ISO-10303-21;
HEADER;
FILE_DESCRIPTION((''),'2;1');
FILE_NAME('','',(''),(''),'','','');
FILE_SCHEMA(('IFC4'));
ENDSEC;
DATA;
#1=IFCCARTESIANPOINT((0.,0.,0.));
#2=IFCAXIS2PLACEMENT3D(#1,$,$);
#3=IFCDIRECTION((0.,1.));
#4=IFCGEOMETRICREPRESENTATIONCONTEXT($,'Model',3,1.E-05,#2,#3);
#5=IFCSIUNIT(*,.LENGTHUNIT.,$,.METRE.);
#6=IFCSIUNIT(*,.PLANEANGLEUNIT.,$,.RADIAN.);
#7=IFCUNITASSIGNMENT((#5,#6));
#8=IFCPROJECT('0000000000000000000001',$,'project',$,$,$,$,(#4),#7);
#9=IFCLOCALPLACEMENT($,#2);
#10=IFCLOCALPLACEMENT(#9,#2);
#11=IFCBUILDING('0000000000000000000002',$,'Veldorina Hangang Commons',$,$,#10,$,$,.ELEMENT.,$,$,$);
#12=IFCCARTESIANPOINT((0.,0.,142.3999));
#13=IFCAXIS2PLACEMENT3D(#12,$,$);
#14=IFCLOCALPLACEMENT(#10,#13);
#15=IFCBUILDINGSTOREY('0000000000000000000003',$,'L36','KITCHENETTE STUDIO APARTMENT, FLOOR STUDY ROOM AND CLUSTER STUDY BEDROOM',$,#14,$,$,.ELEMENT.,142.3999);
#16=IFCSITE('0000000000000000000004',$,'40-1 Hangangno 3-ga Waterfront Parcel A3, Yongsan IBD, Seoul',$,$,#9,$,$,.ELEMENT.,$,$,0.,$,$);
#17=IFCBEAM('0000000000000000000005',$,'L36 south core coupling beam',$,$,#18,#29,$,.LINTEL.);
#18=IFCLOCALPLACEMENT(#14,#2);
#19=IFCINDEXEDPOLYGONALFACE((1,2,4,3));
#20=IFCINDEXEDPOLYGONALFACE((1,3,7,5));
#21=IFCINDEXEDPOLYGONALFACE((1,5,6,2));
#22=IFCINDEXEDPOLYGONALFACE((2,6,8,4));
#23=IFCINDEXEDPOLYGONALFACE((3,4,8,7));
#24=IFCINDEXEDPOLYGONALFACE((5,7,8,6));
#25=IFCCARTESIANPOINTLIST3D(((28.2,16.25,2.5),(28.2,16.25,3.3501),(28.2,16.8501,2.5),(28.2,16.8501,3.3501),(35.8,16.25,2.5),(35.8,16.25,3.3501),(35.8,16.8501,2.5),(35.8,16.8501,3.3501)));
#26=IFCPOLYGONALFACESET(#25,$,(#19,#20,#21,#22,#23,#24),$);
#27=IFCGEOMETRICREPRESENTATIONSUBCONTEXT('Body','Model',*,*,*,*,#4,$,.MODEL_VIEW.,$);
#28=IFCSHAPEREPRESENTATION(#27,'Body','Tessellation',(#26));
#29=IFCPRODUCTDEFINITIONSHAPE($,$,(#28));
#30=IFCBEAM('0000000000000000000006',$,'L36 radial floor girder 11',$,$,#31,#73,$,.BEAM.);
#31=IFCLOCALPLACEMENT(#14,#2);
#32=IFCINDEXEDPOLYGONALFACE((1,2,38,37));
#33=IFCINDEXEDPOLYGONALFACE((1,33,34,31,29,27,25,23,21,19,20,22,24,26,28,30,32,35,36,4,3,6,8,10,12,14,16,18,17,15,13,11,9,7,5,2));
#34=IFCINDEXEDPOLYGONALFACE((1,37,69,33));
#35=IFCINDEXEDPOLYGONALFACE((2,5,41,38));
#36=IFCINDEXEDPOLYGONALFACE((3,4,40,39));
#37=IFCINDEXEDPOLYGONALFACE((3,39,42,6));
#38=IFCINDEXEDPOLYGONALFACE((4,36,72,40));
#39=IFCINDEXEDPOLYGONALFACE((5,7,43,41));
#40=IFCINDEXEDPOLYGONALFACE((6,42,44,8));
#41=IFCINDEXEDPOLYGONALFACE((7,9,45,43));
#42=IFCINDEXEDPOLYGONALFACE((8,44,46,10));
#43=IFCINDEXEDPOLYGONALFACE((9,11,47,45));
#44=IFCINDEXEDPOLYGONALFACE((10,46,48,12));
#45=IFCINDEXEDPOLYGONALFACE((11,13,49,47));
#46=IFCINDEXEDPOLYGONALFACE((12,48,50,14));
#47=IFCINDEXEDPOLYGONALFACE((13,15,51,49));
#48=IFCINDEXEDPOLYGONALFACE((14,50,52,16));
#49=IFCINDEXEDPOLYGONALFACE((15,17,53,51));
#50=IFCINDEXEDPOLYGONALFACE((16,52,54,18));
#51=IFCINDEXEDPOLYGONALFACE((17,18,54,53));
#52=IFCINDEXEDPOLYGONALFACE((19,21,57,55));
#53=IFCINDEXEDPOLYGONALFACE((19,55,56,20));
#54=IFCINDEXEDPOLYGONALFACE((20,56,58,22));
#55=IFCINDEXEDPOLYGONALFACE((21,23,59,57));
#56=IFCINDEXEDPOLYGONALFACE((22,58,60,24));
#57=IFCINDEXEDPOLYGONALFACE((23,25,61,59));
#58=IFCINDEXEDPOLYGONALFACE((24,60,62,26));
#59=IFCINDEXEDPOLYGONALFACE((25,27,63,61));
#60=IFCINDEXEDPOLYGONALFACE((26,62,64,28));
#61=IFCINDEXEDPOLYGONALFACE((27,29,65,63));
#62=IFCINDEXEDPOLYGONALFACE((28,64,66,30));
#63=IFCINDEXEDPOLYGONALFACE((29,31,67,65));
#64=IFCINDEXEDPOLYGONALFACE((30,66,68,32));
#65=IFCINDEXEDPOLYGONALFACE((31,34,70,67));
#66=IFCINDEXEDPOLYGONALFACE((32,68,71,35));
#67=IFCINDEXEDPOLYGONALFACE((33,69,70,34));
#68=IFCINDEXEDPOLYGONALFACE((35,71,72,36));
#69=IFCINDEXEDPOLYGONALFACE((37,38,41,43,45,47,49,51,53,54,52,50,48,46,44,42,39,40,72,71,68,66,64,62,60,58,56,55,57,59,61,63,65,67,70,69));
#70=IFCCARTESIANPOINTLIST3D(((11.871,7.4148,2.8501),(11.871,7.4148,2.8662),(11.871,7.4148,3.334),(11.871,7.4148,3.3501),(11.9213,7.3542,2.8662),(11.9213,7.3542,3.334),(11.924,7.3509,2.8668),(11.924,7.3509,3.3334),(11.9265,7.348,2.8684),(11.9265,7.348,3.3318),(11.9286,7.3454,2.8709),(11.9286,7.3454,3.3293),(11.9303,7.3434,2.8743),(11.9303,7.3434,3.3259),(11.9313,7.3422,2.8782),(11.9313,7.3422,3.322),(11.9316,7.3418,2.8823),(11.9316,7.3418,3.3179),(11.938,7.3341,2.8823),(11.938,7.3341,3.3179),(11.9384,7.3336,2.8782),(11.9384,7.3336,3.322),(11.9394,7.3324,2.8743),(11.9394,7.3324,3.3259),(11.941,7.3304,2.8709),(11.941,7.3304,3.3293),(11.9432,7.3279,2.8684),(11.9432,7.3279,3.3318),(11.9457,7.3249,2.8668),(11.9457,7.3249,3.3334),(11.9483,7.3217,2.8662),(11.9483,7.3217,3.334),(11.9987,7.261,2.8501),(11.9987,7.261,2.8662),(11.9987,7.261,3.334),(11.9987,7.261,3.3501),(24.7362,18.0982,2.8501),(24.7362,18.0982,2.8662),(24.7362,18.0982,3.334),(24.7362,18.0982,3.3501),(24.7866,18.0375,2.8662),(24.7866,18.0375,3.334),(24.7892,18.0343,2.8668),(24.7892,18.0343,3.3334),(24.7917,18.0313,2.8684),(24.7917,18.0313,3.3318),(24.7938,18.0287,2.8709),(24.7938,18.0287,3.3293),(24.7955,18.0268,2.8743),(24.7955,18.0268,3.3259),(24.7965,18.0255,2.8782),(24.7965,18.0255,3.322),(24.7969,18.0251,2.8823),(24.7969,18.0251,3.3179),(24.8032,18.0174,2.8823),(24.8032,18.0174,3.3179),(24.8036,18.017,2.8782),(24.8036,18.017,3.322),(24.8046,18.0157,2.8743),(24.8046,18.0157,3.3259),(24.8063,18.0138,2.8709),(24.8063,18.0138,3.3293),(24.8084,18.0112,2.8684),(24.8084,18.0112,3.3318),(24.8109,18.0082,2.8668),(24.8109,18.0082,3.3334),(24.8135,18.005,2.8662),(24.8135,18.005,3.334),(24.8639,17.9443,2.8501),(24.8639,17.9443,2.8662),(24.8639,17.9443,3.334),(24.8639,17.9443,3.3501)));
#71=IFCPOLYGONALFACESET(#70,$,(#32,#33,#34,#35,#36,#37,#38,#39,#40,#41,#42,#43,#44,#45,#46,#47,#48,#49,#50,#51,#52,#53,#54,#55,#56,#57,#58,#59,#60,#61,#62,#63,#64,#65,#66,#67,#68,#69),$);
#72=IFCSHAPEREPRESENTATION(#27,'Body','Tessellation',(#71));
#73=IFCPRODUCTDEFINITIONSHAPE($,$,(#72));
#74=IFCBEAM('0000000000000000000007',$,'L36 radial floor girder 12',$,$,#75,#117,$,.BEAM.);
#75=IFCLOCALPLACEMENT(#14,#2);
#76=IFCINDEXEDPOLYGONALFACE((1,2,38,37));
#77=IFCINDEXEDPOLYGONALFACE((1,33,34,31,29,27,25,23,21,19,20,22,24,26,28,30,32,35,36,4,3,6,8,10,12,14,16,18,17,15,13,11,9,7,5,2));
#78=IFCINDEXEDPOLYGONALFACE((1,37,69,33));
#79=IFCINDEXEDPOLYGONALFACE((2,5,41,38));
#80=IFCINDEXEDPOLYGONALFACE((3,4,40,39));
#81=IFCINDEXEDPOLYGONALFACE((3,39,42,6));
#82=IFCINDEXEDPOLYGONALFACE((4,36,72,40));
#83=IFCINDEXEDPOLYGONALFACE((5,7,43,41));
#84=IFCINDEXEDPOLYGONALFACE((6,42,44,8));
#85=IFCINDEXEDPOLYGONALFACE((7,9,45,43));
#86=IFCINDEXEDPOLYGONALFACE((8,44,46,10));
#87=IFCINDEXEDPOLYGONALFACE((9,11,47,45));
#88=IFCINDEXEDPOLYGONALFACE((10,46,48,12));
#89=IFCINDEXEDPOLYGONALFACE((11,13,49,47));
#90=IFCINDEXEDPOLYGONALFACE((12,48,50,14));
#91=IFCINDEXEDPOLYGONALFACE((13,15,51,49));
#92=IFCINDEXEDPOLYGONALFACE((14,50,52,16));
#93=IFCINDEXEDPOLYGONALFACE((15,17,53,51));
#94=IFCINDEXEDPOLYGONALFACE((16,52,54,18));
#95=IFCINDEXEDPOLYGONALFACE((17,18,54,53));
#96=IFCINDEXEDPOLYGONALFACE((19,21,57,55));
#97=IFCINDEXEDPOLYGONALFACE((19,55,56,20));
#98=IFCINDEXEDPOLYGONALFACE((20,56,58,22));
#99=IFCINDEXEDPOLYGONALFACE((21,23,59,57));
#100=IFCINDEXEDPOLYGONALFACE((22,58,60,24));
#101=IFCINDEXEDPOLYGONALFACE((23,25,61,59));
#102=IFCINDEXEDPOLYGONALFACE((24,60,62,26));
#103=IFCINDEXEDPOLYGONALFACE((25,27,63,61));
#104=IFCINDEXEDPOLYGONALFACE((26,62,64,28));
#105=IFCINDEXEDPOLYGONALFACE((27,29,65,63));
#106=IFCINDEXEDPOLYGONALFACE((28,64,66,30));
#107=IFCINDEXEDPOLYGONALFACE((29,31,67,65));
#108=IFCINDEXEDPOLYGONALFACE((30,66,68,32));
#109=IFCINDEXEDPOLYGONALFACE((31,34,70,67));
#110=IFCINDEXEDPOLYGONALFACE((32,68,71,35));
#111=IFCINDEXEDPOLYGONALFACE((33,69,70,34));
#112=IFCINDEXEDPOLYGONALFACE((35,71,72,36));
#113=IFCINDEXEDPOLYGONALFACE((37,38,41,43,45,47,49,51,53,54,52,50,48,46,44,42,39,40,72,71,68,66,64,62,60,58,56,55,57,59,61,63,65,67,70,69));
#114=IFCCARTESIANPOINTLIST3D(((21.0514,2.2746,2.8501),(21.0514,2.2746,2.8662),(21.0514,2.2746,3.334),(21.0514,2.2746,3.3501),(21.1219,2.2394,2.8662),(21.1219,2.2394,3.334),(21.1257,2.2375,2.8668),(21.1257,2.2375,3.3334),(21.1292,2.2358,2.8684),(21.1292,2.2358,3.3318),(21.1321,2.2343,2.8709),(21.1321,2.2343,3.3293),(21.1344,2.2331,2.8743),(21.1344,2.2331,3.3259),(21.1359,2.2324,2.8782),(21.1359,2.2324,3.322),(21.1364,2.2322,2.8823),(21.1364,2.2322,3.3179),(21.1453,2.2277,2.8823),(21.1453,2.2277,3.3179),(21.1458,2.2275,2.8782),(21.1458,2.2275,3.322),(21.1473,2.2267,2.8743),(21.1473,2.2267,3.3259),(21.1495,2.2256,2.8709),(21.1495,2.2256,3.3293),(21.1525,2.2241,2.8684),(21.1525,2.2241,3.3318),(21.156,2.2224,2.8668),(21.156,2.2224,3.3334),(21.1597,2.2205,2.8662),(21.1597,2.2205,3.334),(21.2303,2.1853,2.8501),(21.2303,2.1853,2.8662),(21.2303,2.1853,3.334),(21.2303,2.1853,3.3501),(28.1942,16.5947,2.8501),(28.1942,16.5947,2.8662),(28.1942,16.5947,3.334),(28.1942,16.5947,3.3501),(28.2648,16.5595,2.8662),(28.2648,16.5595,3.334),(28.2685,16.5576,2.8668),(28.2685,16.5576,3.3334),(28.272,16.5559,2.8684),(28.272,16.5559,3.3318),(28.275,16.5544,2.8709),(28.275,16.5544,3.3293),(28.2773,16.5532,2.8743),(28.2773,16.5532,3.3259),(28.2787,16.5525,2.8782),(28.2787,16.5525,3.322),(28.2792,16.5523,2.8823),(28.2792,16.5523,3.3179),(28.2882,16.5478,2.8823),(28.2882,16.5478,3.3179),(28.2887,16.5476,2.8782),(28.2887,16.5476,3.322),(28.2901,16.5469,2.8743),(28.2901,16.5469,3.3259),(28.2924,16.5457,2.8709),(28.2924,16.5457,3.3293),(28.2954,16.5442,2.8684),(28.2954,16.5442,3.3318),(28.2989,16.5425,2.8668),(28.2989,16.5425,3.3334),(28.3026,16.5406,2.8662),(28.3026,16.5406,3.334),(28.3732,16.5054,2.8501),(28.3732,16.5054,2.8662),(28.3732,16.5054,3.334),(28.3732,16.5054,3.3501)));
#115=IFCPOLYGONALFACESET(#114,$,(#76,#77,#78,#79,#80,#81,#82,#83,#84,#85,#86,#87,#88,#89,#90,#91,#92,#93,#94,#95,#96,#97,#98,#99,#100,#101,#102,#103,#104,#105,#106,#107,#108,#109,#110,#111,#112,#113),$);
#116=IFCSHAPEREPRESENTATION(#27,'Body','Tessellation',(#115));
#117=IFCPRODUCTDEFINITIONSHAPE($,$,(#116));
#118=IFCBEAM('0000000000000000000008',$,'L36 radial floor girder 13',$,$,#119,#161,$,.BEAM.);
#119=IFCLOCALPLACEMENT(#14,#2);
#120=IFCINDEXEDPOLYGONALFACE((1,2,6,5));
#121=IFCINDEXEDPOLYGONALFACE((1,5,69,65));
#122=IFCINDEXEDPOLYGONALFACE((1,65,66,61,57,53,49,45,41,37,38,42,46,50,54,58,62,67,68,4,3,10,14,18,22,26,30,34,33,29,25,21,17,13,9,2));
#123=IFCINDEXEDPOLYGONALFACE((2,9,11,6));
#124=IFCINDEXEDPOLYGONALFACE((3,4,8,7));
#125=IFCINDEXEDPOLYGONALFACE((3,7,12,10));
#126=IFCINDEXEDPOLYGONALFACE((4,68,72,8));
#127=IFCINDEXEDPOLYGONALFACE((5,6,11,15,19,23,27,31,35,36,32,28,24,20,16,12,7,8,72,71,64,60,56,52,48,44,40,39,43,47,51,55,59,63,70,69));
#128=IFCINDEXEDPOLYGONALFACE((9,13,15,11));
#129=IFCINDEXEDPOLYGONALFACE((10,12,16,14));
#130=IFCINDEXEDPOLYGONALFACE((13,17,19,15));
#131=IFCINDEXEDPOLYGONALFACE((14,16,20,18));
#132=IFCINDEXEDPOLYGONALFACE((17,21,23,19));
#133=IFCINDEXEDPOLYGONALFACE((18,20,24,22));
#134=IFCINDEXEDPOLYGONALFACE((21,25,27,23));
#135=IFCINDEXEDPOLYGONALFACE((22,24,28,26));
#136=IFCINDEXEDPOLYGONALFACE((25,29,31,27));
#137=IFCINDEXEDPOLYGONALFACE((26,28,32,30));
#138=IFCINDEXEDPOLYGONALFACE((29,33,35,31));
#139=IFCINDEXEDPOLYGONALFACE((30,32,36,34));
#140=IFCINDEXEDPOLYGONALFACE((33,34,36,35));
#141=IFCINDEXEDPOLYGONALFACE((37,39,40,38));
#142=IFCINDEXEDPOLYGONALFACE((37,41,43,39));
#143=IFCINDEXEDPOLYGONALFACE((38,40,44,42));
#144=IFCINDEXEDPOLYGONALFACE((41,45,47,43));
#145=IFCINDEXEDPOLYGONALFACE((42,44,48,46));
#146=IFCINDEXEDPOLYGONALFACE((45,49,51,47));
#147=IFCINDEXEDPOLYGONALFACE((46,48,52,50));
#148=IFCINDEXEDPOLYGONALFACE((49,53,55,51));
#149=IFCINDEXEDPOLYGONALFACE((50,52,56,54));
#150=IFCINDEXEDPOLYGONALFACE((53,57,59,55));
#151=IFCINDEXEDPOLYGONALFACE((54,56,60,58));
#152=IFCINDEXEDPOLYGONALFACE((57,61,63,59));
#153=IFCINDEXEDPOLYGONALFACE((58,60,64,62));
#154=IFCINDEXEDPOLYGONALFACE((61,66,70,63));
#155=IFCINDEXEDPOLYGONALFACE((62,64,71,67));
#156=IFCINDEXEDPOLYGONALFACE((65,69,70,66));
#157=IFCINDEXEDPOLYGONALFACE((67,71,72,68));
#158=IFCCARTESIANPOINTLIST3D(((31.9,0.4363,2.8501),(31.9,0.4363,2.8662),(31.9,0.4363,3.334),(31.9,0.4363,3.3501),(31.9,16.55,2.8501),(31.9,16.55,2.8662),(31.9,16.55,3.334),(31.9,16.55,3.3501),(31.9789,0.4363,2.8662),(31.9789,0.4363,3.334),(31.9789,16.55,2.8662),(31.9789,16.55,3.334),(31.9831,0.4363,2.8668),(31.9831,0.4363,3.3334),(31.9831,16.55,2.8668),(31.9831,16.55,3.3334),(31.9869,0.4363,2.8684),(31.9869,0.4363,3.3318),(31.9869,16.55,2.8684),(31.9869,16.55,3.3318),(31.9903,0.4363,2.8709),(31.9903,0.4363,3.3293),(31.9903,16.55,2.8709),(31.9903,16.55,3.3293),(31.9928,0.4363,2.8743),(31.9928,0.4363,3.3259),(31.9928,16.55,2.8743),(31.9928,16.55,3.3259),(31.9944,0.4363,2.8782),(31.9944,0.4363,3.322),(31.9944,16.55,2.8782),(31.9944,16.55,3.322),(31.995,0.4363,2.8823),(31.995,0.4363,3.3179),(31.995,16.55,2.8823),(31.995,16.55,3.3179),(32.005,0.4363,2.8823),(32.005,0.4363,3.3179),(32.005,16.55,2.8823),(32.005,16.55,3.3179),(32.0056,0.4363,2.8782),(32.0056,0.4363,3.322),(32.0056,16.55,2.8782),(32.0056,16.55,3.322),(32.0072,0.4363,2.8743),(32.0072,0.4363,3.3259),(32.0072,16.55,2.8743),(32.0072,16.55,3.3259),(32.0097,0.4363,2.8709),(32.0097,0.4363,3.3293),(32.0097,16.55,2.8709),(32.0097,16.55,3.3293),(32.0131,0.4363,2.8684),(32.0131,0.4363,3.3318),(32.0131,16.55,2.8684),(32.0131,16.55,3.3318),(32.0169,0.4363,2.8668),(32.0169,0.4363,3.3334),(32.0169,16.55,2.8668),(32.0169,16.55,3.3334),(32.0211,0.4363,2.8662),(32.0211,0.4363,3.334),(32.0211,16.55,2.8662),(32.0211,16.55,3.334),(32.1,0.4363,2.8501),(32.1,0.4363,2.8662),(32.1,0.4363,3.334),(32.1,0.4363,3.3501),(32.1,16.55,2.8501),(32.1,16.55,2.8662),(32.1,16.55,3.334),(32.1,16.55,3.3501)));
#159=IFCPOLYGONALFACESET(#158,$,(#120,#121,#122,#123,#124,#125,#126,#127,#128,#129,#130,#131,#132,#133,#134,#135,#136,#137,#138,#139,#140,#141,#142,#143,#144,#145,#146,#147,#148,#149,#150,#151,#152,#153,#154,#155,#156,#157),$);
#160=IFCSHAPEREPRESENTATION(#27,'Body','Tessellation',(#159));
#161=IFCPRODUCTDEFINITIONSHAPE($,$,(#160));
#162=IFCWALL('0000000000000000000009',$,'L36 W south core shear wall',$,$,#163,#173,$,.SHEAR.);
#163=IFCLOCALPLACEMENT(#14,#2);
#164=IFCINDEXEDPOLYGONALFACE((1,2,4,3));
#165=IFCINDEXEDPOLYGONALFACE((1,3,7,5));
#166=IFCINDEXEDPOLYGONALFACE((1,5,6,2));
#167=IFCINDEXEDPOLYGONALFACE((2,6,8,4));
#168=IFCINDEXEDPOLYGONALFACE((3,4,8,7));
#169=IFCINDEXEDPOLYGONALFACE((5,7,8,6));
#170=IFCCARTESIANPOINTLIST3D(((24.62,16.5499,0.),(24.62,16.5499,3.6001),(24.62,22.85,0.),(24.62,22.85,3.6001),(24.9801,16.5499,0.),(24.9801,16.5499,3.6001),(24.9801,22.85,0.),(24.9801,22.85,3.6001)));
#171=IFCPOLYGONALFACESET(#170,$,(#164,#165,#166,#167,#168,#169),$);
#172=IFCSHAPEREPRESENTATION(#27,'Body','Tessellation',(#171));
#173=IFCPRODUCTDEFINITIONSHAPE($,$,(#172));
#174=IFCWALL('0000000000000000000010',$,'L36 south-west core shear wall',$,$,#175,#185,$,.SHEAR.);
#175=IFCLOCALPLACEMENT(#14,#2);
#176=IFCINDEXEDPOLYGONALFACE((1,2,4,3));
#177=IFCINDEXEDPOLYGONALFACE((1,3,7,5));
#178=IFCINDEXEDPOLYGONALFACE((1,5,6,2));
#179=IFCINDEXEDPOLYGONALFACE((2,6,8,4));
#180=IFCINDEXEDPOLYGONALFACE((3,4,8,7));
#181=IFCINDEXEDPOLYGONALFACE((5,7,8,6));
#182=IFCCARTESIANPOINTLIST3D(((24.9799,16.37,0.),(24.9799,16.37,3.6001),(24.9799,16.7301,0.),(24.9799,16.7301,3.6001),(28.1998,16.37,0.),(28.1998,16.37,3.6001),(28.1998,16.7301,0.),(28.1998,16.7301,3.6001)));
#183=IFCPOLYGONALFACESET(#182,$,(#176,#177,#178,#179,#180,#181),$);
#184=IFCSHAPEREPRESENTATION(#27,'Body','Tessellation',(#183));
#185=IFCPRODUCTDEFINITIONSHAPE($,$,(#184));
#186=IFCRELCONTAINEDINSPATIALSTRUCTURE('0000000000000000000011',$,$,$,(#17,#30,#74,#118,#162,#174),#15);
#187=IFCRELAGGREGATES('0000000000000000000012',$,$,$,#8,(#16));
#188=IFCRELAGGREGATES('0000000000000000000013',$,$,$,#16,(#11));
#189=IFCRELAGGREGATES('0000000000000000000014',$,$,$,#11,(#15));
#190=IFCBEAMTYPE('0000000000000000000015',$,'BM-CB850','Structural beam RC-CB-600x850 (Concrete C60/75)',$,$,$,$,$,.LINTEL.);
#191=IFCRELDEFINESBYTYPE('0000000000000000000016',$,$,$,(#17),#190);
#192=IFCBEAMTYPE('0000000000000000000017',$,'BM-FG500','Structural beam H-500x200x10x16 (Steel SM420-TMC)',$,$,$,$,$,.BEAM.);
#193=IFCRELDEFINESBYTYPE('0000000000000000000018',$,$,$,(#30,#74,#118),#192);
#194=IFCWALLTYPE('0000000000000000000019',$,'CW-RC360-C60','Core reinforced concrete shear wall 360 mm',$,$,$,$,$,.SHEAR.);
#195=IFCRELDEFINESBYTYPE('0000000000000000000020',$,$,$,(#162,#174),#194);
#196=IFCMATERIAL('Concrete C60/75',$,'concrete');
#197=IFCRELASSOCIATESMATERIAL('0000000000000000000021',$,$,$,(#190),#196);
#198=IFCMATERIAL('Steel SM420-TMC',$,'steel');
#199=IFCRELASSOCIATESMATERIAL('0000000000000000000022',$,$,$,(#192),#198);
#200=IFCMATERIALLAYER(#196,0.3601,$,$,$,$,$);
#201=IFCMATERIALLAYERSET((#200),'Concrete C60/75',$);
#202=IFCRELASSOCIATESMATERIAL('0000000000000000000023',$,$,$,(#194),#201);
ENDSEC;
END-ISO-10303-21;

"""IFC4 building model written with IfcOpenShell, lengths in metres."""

from ifc_helpers import new_model, si_unit, direction, frame, frame_2d, origin, origin_2d, place, context, subcontext, project, spatial, rectangle, i_section, extrude, material, layer, layer_set, material_profile, profile_set, type_object, element, save


model = new_model("IFC4")

# Units and contexts
model_context = context("Model", 3, precision=1e-05, world=origin(), true_north=direction((0.0, 1.0)))
body_context = subcontext(model_context, "Body", "Model", "MODEL_VIEW")
ifc_project = project(units=[si_unit("LENGTHUNIT", "METRE"), si_unit("PLANEANGLEUNIT", "RADIAN")], contexts=[model_context])

# Site, building, storey
site_placement = place(None, origin())
site = spatial("IfcSite", under=ifc_project, at=site_placement, Name="40-1 Hangangno 3-ga Waterfront Parcel A3, Yongsan IBD, Seoul", CompositionType="ELEMENT", RefElevation=0.0)
building_placement = place(site_placement, origin())
building = spatial("IfcBuilding", under=site, at=building_placement, Name="Veldorina Hangang Commons", CompositionType="ELEMENT")
storey_placement = place(building_placement, frame((0.0, 0.0, 142.3999)))
storey = spatial("IfcBuildingStorey", under=building, at=storey_placement, Name="L36", Description="KITCHENETTE STUDIO APARTMENT, FLOOR STUDY ROOM AND CLUSTER STUDY BEDROOM", CompositionType="ELEMENT", Elevation=142.3999)

# Beams
ifc_material_1 = material(Name="Concrete C60/75", Category="concrete")
ifc_material_profile_1 = material_profile(ifc_material_1, rectangle(XDim=0.6001, YDim=0.8501, at=origin_2d()), Name="RC-CB-600x850")
ifc_profile_set_1 = profile_set([ifc_material_profile_1], Name="Concrete C60/75")
beam_type_1 = type_object("IfcBeamType", Name="BM-CB850", Description="Structural beam RC-CB-600x850 (Concrete C60/75)", PredefinedType="LINTEL", material=ifc_profile_set_1)
beam_1_placement = place(storey_placement, frame((28.2, 16.55, 2.925), z_axis=(1.0, 0.0, 0.0), x_axis=(0.0, 1.0, 0.0)))
element("IfcBeam", 1, at=beam_1_placement, inside=storey, type_object=beam_type_1, Name="L36 south core coupling beam", PredefinedType="LINTEL", context=body_context, shape_type="SweptSolid", body=[
    extrude(rectangle(XDim=0.6001, YDim=0.8501, at=origin_2d()), origin(), (0.0, 0.0, 1.0), 7.6001),
])
ifc_material_2 = material(Name="Steel SM420-TMC", Category="steel")
ifc_material_profile_2 = material_profile(ifc_material_2, i_section(OverallWidth=0.2, OverallDepth=0.5, WebThickness=0.01, FlangeThickness=0.0161, FilletRadius=0.0161, at=origin_2d()), Name="H-500x200x10x16")
ifc_profile_set_2 = profile_set([ifc_material_profile_2], Name="Steel SM420-TMC")
beam_type_2 = type_object("IfcBeamType", Name="BM-FG500", Description="Structural beam H-500x200x10x16 (Steel SM420-TMC)", PredefinedType="BEAM", material=ifc_profile_set_2)
beam_2_placement = place(storey_placement, frame((24.8, 18.0212, 3.1001), z_axis=(-0.769328, -0.638854, 0.0), x_axis=(0.638854, -0.769328, 0.0)))
element("IfcBeam", 2, at=beam_2_placement, inside=storey, type_object=beam_type_2, Name="L36 radial floor girder 11", PredefinedType="BEAM", context=body_context, shape_type="SweptSolid", body=[
    extrude(i_section(OverallWidth=0.2, OverallDepth=0.5, WebThickness=0.01, FlangeThickness=0.0161, FilletRadius=0.0161, at=origin_2d()), origin(), (0.0, 0.0, 1.0), 16.7227),
])
beam_3_placement = place(storey_placement, frame((28.2837, 16.55, 3.1001), z_axis=(-0.446353, -0.894857, 0.0), x_axis=(0.894857, -0.446353, 0.0)))
element("IfcBeam", 3, at=beam_3_placement, inside=storey, type_object=beam_type_2, Name="L36 radial floor girder 12", PredefinedType="BEAM", context=body_context, shape_type="SweptSolid", body=[
    extrude(i_section(OverallWidth=0.2, OverallDepth=0.5, WebThickness=0.01, FlangeThickness=0.0161, FilletRadius=0.0161, at=origin_2d()), origin(), (0.0, 0.0, 1.0), 16.0027),
])
beam_4_placement = place(storey_placement, frame((32.0, 16.55, 3.1001), z_axis=(0.0, -1.0, 0.0), x_axis=(1.0, 0.0, 0.0)))
element("IfcBeam", 4, at=beam_4_placement, inside=storey, type_object=beam_type_2, Name="L36 radial floor girder 13", PredefinedType="BEAM", context=body_context, shape_type="SweptSolid", body=[
    extrude(i_section(OverallWidth=0.2, OverallDepth=0.5, WebThickness=0.01, FlangeThickness=0.0161, FilletRadius=0.0161, at=origin_2d()), origin(), (0.0, 0.0, 1.0), 16.1138),
])

# Walls
ifc_layer_1 = layer(ifc_material_1, 0.3601)
ifc_layer_set_1 = layer_set([ifc_layer_1], Name="Concrete C60/75")
wall_type_1 = type_object("IfcWallType", Name="CW-RC360-C60", Description="Core reinforced concrete shear wall 360 mm", PredefinedType="SHEAR", material=ifc_layer_set_1)
wall_1_placement = place(storey_placement, frame((24.8, 16.55, 0.0), z_axis=(0.0, 0.0, 1.0), x_axis=(0.0, 1.0, 0.0)))
element("IfcWall", 5, at=wall_1_placement, inside=storey, type_object=wall_type_1, Name="L36 W south core shear wall", PredefinedType="SHEAR", context=body_context, shape_type="SweptSolid", body=[
    extrude(rectangle(XDim=6.3, YDim=0.3601, at=frame_2d((3.1499, 0.0))), origin(), (0.0, 0.0, 1.0), 3.6001),
])
wall_2_placement = place(storey_placement, frame((24.98, 16.55, 0.0), z_axis=(0.0, 0.0, 1.0), x_axis=(1.0, 0.0, 0.0)))
element("IfcWall", 6, at=wall_2_placement, inside=storey, type_object=wall_type_1, Name="L36 south-west core shear wall", PredefinedType="SHEAR", context=body_context, shape_type="SweptSolid", body=[
    extrude(rectangle(XDim=3.22, YDim=0.3601, at=frame_2d((1.6099, 0.0))), origin(), (0.0, 0.0, 1.0), 3.6001),
])

save(model, "model.ifc")
